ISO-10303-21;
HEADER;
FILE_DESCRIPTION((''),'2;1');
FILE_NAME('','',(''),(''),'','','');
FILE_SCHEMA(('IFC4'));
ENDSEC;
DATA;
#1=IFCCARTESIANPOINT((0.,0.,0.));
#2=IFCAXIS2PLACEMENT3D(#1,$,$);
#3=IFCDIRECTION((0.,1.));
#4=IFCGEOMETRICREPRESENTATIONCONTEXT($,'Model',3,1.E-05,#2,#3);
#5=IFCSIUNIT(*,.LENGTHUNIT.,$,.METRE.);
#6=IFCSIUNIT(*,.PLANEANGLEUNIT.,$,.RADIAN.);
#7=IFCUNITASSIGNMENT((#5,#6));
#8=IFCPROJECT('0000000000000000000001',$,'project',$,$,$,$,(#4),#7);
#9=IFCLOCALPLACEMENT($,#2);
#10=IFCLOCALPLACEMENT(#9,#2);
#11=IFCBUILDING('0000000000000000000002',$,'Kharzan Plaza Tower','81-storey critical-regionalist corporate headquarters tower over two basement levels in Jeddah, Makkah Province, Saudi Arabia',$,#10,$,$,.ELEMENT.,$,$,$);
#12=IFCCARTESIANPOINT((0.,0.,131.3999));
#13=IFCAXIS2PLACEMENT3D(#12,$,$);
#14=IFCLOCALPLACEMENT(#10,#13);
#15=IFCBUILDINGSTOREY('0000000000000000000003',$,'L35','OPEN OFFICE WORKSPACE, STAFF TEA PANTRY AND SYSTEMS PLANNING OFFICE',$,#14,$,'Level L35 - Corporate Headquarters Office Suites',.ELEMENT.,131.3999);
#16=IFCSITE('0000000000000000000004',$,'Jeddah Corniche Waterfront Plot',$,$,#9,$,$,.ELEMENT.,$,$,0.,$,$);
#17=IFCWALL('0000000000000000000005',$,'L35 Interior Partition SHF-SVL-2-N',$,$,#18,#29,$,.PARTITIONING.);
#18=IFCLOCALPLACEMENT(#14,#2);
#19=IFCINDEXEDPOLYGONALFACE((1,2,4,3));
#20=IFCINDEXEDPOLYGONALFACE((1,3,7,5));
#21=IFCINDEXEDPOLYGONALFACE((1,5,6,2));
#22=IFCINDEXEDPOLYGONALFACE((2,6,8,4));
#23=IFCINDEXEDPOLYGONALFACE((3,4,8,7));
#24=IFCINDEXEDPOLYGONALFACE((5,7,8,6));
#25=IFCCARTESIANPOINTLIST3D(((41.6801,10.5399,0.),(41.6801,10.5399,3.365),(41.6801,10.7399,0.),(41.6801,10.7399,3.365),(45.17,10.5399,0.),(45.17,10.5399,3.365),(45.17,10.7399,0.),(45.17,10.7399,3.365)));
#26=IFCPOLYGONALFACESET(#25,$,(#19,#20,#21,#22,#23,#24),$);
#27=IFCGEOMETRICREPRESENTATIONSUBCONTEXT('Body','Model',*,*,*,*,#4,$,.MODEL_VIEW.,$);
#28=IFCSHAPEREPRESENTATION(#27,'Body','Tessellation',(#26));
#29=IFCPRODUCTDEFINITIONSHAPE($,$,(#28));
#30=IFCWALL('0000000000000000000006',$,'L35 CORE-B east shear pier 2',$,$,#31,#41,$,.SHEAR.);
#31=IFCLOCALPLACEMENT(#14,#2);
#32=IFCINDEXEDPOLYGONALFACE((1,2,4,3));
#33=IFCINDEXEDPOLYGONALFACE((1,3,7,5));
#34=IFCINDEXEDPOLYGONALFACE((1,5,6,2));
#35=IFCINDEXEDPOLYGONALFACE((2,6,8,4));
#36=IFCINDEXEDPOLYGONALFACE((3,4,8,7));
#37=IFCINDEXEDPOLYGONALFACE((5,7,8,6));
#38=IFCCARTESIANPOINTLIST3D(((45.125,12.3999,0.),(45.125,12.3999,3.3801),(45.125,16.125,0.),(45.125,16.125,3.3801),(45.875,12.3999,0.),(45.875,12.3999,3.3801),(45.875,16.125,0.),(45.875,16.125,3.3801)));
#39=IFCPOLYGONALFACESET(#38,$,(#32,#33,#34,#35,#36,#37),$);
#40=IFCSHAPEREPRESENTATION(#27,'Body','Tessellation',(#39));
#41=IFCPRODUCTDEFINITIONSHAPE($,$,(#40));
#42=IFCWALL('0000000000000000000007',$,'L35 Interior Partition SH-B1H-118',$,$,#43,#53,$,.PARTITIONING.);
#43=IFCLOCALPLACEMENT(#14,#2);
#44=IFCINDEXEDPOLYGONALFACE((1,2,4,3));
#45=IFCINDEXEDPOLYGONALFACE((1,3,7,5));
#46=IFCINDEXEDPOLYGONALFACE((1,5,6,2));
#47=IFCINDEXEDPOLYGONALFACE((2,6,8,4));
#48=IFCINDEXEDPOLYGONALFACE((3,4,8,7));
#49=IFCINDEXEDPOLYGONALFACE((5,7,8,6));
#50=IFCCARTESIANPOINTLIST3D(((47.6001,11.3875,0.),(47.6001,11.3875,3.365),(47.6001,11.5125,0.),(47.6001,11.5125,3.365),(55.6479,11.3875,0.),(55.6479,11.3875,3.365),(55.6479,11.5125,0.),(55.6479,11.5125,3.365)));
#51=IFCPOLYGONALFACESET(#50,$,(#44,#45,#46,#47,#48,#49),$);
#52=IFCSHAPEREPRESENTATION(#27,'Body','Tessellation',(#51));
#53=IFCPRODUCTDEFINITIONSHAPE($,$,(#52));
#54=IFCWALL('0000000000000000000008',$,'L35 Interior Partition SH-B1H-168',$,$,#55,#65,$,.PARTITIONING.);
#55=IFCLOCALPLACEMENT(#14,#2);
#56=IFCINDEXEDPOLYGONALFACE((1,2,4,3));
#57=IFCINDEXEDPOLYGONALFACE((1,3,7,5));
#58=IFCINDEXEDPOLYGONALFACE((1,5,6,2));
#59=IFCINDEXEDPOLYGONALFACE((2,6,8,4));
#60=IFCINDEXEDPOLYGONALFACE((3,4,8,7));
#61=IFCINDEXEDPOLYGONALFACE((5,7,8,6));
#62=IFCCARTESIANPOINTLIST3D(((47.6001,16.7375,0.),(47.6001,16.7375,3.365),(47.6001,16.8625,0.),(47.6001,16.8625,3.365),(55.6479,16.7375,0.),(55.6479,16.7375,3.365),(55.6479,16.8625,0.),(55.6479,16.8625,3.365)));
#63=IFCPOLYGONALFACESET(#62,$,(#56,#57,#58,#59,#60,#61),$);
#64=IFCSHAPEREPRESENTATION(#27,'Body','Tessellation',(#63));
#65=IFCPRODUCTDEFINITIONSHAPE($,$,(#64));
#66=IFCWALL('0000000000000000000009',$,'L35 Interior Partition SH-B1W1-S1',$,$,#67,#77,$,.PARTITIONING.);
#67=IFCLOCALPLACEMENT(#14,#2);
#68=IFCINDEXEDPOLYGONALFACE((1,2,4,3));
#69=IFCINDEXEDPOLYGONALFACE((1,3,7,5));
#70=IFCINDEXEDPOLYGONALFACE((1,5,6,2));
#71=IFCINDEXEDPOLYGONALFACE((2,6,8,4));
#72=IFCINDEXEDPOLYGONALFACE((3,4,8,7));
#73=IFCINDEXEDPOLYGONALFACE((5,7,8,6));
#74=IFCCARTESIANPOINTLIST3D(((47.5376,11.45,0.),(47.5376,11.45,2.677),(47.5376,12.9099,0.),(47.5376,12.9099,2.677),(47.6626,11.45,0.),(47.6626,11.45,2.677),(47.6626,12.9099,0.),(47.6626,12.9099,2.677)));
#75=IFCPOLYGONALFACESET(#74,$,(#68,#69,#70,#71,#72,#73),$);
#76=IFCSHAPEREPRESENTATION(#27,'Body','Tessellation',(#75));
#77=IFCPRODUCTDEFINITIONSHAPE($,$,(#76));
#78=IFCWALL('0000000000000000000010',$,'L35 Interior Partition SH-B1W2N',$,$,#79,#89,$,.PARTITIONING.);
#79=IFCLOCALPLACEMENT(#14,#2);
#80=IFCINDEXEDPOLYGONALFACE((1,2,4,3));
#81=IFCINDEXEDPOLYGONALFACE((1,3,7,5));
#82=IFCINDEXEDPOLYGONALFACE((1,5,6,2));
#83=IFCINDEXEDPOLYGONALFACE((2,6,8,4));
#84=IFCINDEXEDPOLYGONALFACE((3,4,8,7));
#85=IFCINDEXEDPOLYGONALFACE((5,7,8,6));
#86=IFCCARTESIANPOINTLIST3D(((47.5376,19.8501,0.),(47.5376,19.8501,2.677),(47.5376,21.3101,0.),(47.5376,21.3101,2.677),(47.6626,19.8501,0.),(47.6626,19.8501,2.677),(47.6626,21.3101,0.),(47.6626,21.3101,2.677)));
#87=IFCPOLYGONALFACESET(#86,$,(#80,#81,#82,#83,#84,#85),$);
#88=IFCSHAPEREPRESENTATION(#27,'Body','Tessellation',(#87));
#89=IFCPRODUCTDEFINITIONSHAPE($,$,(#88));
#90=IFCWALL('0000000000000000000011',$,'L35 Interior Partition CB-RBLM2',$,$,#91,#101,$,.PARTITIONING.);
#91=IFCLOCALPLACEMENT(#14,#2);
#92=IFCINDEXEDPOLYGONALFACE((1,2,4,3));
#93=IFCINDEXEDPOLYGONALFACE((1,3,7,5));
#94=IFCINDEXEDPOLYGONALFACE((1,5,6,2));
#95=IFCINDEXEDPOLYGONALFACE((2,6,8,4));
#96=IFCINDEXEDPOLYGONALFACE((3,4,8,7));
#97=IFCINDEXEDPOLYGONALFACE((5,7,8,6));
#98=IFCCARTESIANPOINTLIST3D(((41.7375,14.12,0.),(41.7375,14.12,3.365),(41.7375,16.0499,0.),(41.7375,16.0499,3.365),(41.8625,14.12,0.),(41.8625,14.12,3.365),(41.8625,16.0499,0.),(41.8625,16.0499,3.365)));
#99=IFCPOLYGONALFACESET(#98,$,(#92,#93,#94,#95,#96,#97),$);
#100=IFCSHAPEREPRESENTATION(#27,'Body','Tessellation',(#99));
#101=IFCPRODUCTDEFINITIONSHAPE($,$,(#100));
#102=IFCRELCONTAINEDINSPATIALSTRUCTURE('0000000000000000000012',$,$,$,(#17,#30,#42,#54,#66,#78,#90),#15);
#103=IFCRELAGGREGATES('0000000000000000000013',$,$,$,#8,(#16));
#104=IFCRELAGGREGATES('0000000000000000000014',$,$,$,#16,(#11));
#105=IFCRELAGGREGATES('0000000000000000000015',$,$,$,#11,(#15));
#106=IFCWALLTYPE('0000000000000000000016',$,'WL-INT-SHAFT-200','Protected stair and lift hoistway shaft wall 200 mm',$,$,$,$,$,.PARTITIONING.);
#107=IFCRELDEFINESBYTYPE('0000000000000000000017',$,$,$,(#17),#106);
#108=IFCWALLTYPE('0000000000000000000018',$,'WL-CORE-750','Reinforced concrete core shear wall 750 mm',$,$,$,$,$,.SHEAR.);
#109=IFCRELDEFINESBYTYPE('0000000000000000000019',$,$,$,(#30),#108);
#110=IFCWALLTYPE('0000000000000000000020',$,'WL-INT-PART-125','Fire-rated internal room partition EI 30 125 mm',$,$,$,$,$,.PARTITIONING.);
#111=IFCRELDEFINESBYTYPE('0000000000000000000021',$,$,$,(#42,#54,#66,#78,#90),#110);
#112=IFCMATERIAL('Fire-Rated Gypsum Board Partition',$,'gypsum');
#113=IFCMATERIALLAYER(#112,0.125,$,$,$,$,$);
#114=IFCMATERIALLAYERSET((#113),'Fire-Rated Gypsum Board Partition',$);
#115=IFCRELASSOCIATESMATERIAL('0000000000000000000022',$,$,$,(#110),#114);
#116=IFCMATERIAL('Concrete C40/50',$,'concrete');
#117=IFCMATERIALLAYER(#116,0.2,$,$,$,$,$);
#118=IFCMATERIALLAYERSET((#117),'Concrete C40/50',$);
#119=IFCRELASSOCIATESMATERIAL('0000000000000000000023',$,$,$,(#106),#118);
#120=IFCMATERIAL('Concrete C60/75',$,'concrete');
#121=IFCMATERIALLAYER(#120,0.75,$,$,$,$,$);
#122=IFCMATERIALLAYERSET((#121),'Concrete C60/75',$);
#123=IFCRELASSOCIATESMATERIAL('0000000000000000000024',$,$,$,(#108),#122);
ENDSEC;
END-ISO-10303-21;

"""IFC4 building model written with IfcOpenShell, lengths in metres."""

from ifc_helpers import new_model, si_unit, direction, frame, frame_2d, origin, place, context, subcontext, project, spatial, rectangle, extrude, source, transform, mapped, material, layer, layer_set, type_object, element, save


model = new_model("IFC4")

# Units and contexts
model_context = context("Model", 3, precision=1e-05, world=origin(), true_north=direction((0.0, 1.0)))
body_context = subcontext(model_context, "Body", "Model", "MODEL_VIEW")
ifc_project = project(units=[si_unit("LENGTHUNIT", "METRE"), si_unit("PLANEANGLEUNIT", "RADIAN")], contexts=[model_context])

# Site, building, storey
site_placement = place(None, origin())
site = spatial("IfcSite", under=ifc_project, at=site_placement, Name="Jeddah Corniche Waterfront Plot", CompositionType="ELEMENT", RefElevation=0.0)
building_placement = place(site_placement, origin())
building = spatial("IfcBuilding", under=site, at=building_placement, Name="Kharzan Plaza Tower", Description="81-storey critical-regionalist corporate headquarters tower over two basement levels in Jeddah, Makkah Province, Saudi Arabia", CompositionType="ELEMENT")
storey_placement = place(building_placement, frame((0.0, 0.0, 131.3999)))
storey = spatial("IfcBuildingStorey", under=building, at=storey_placement, Name="L35", Description="OPEN OFFICE WORKSPACE, STAFF TEA PANTRY AND SYSTEMS PLANNING OFFICE", LongName="Level L35 - Corporate Headquarters Office Suites", CompositionType="ELEMENT", Elevation=131.3999)

# Shared definitions
ifc_material_1 = material(Name="Concrete C60/75", Category="concrete")

# Shared definitions
ifc_material_2 = material(Name="Concrete C40/50", Category="concrete")

# Shared definitions
ifc_material_3 = material(Name="Fire-Rated Gypsum Board Partition", Category="gypsum")
ifc_layer_1 = layer(ifc_material_3, 0.125)
ifc_layer_set_1 = layer_set([ifc_layer_1], Name="Fire-Rated Gypsum Board Partition")
wall_type_1 = type_object("IfcWallType", Name="WL-INT-PART-125", Description="Fire-rated internal room partition EI 30 125 mm", PredefinedType="PARTITIONING", material=ifc_layer_set_1)

# Walls
ifc_layer_2 = layer(ifc_material_2, 0.2)
ifc_layer_set_2 = layer_set([ifc_layer_2], Name="Concrete C40/50")
wall_type_2 = type_object("IfcWallType", Name="WL-INT-SHAFT-200", Description="Protected stair and lift hoistway shaft wall 200 mm", PredefinedType="PARTITIONING", material=ifc_layer_set_2)
shared_shape_1 = source(origin(), body_context, "Body", "SweptSolid", [
    extrude(rectangle(XDim=3.49, YDim=0.2, at=frame_2d((1.7451, 0.0))), origin(), (0.0, 0.0, 1.0), 3.365),
])
wall_1_placement = place(storey_placement, frame((41.6799, 10.6399, 0.0), z_axis=(0.0, 0.0, 1.0), x_axis=(1.0, 0.0, 0.0)))
element("IfcWall", 1, at=wall_1_placement, inside=storey, type_object=wall_type_2, Name="L35 Interior Partition SHF-SVL-2-N", PredefinedType="PARTITIONING", context=body_context, shape_type="MappedRepresentation", body=[
    mapped(shared_shape_1, transform((0.0, 0.0, 0.0), x_axis=(1.0, 0.0, 0.0), y_axis=(0.0, 1.0, 0.0), z_axis=(0.0, 0.0, 1.0))),
])
ifc_layer_3 = layer(ifc_material_1, 0.75)
ifc_layer_set_3 = layer_set([ifc_layer_3], Name="Concrete C60/75")
wall_type_3 = type_object("IfcWallType", Name="WL-CORE-750", Description="Reinforced concrete core shear wall 750 mm", PredefinedType="SHEAR", material=ifc_layer_set_3)
shared_shape_2 = source(origin(), body_context, "Body", "SweptSolid", [
    extrude(rectangle(XDim=3.7251, YDim=0.75, at=frame_2d((1.8625, 0.0))), origin(), (0.0, 0.0, 1.0), 3.3801),
])
wall_2_placement = place(storey_placement, frame((45.5, 12.3999, 0.0), z_axis=(0.0, 0.0, 1.0), x_axis=(0.0, 1.0, 0.0)))
element("IfcWall", 2, at=wall_2_placement, inside=storey, type_object=wall_type_3, Name="L35 CORE-B east shear pier 2", PredefinedType="SHEAR", context=body_context, shape_type="MappedRepresentation", body=[
    mapped(shared_shape_2, transform((0.0, 0.0, 0.0), x_axis=(1.0, 0.0, 0.0), y_axis=(0.0, 1.0, 0.0), z_axis=(0.0, 0.0, 1.0))),
])
shared_shape_3 = source(origin(), body_context, "Body", "SweptSolid", [
    extrude(rectangle(XDim=8.0479, YDim=0.125, at=frame_2d((4.0239, 0.0))), origin(), (0.0, 0.0, 1.0), 3.365),
])
for number, where, z_axis, x_axis, name in (
    (3, (47.6001, 11.45, 0.0), (0.0, 0.0, 1.0), (1.0, 0.0, 0.0), "L35 Interior Partition SH-B1H-118"),
    (4, (47.6001, 16.8, 0.0), (0.0, 0.0, 1.0), (1.0, 0.0, 0.0), "L35 Interior Partition SH-B1H-168"),
):
    element("IfcWall", number, at=place(storey_placement, frame(where, z_axis=z_axis, x_axis=x_axis)), inside=storey, type_object=wall_type_1, Name=name, PredefinedType="PARTITIONING", context=body_context, shape_type="MappedRepresentation", body=[
        mapped(shared_shape_3, transform((0.0, 0.0, 0.0), x_axis=(1.0, 0.0, 0.0), y_axis=(0.0, 1.0, 0.0), z_axis=(0.0, 0.0, 1.0))),
    ])
shared_shape_4 = source(origin(), body_context, "Body", "SweptSolid", [
    extrude(rectangle(XDim=1.46, YDim=0.125, at=frame_2d((0.73, 0.0))), origin(), (0.0, 0.0, 1.0), 2.677),
])
for number, where, z_axis, x_axis, name in (
    (5, (47.6001, 11.45, 0.0), (0.0, 0.0, 1.0), (0.0, 1.0, 0.0), "L35 Interior Partition SH-B1W1-S1"),
    (6, (47.6001, 19.8501, 0.0), (0.0, 0.0, 1.0), (0.0, 1.0, 0.0), "L35 Interior Partition SH-B1W2N"),
):
    element("IfcWall", number, at=place(storey_placement, frame(where, z_axis=z_axis, x_axis=x_axis)), inside=storey, type_object=wall_type_1, Name=name, PredefinedType="PARTITIONING", context=body_context, shape_type="MappedRepresentation", body=[
        mapped(shared_shape_4, transform((0.0, 0.0, 0.0), x_axis=(1.0, 0.0, 0.0), y_axis=(0.0, 1.0, 0.0), z_axis=(0.0, 0.0, 1.0))),
    ])
shared_shape_5 = source(origin(), body_context, "Body", "SweptSolid", [
    extrude(rectangle(XDim=1.9299, YDim=0.125, at=frame_2d((0.9648, 0.0))), origin(), (0.0, 0.0, 1.0), 3.365),
])
wall_3_placement = place(storey_placement, frame((41.8, 14.1201, 0.0), z_axis=(0.0, 0.0, 1.0), x_axis=(0.0, 1.0, 0.0)))
element("IfcWall", 7, at=wall_3_placement, inside=storey, type_object=wall_type_1, Name="L35 Interior Partition CB-RBLM2", PredefinedType="PARTITIONING", context=body_context, shape_type="MappedRepresentation", body=[
    mapped(shared_shape_5, transform((0.0, 0.0, 0.0), x_axis=(1.0, 0.0, 0.0), y_axis=(0.0, 1.0, 0.0), z_axis=(0.0, 0.0, 1.0))),
])

save(model, "model.ifc")
